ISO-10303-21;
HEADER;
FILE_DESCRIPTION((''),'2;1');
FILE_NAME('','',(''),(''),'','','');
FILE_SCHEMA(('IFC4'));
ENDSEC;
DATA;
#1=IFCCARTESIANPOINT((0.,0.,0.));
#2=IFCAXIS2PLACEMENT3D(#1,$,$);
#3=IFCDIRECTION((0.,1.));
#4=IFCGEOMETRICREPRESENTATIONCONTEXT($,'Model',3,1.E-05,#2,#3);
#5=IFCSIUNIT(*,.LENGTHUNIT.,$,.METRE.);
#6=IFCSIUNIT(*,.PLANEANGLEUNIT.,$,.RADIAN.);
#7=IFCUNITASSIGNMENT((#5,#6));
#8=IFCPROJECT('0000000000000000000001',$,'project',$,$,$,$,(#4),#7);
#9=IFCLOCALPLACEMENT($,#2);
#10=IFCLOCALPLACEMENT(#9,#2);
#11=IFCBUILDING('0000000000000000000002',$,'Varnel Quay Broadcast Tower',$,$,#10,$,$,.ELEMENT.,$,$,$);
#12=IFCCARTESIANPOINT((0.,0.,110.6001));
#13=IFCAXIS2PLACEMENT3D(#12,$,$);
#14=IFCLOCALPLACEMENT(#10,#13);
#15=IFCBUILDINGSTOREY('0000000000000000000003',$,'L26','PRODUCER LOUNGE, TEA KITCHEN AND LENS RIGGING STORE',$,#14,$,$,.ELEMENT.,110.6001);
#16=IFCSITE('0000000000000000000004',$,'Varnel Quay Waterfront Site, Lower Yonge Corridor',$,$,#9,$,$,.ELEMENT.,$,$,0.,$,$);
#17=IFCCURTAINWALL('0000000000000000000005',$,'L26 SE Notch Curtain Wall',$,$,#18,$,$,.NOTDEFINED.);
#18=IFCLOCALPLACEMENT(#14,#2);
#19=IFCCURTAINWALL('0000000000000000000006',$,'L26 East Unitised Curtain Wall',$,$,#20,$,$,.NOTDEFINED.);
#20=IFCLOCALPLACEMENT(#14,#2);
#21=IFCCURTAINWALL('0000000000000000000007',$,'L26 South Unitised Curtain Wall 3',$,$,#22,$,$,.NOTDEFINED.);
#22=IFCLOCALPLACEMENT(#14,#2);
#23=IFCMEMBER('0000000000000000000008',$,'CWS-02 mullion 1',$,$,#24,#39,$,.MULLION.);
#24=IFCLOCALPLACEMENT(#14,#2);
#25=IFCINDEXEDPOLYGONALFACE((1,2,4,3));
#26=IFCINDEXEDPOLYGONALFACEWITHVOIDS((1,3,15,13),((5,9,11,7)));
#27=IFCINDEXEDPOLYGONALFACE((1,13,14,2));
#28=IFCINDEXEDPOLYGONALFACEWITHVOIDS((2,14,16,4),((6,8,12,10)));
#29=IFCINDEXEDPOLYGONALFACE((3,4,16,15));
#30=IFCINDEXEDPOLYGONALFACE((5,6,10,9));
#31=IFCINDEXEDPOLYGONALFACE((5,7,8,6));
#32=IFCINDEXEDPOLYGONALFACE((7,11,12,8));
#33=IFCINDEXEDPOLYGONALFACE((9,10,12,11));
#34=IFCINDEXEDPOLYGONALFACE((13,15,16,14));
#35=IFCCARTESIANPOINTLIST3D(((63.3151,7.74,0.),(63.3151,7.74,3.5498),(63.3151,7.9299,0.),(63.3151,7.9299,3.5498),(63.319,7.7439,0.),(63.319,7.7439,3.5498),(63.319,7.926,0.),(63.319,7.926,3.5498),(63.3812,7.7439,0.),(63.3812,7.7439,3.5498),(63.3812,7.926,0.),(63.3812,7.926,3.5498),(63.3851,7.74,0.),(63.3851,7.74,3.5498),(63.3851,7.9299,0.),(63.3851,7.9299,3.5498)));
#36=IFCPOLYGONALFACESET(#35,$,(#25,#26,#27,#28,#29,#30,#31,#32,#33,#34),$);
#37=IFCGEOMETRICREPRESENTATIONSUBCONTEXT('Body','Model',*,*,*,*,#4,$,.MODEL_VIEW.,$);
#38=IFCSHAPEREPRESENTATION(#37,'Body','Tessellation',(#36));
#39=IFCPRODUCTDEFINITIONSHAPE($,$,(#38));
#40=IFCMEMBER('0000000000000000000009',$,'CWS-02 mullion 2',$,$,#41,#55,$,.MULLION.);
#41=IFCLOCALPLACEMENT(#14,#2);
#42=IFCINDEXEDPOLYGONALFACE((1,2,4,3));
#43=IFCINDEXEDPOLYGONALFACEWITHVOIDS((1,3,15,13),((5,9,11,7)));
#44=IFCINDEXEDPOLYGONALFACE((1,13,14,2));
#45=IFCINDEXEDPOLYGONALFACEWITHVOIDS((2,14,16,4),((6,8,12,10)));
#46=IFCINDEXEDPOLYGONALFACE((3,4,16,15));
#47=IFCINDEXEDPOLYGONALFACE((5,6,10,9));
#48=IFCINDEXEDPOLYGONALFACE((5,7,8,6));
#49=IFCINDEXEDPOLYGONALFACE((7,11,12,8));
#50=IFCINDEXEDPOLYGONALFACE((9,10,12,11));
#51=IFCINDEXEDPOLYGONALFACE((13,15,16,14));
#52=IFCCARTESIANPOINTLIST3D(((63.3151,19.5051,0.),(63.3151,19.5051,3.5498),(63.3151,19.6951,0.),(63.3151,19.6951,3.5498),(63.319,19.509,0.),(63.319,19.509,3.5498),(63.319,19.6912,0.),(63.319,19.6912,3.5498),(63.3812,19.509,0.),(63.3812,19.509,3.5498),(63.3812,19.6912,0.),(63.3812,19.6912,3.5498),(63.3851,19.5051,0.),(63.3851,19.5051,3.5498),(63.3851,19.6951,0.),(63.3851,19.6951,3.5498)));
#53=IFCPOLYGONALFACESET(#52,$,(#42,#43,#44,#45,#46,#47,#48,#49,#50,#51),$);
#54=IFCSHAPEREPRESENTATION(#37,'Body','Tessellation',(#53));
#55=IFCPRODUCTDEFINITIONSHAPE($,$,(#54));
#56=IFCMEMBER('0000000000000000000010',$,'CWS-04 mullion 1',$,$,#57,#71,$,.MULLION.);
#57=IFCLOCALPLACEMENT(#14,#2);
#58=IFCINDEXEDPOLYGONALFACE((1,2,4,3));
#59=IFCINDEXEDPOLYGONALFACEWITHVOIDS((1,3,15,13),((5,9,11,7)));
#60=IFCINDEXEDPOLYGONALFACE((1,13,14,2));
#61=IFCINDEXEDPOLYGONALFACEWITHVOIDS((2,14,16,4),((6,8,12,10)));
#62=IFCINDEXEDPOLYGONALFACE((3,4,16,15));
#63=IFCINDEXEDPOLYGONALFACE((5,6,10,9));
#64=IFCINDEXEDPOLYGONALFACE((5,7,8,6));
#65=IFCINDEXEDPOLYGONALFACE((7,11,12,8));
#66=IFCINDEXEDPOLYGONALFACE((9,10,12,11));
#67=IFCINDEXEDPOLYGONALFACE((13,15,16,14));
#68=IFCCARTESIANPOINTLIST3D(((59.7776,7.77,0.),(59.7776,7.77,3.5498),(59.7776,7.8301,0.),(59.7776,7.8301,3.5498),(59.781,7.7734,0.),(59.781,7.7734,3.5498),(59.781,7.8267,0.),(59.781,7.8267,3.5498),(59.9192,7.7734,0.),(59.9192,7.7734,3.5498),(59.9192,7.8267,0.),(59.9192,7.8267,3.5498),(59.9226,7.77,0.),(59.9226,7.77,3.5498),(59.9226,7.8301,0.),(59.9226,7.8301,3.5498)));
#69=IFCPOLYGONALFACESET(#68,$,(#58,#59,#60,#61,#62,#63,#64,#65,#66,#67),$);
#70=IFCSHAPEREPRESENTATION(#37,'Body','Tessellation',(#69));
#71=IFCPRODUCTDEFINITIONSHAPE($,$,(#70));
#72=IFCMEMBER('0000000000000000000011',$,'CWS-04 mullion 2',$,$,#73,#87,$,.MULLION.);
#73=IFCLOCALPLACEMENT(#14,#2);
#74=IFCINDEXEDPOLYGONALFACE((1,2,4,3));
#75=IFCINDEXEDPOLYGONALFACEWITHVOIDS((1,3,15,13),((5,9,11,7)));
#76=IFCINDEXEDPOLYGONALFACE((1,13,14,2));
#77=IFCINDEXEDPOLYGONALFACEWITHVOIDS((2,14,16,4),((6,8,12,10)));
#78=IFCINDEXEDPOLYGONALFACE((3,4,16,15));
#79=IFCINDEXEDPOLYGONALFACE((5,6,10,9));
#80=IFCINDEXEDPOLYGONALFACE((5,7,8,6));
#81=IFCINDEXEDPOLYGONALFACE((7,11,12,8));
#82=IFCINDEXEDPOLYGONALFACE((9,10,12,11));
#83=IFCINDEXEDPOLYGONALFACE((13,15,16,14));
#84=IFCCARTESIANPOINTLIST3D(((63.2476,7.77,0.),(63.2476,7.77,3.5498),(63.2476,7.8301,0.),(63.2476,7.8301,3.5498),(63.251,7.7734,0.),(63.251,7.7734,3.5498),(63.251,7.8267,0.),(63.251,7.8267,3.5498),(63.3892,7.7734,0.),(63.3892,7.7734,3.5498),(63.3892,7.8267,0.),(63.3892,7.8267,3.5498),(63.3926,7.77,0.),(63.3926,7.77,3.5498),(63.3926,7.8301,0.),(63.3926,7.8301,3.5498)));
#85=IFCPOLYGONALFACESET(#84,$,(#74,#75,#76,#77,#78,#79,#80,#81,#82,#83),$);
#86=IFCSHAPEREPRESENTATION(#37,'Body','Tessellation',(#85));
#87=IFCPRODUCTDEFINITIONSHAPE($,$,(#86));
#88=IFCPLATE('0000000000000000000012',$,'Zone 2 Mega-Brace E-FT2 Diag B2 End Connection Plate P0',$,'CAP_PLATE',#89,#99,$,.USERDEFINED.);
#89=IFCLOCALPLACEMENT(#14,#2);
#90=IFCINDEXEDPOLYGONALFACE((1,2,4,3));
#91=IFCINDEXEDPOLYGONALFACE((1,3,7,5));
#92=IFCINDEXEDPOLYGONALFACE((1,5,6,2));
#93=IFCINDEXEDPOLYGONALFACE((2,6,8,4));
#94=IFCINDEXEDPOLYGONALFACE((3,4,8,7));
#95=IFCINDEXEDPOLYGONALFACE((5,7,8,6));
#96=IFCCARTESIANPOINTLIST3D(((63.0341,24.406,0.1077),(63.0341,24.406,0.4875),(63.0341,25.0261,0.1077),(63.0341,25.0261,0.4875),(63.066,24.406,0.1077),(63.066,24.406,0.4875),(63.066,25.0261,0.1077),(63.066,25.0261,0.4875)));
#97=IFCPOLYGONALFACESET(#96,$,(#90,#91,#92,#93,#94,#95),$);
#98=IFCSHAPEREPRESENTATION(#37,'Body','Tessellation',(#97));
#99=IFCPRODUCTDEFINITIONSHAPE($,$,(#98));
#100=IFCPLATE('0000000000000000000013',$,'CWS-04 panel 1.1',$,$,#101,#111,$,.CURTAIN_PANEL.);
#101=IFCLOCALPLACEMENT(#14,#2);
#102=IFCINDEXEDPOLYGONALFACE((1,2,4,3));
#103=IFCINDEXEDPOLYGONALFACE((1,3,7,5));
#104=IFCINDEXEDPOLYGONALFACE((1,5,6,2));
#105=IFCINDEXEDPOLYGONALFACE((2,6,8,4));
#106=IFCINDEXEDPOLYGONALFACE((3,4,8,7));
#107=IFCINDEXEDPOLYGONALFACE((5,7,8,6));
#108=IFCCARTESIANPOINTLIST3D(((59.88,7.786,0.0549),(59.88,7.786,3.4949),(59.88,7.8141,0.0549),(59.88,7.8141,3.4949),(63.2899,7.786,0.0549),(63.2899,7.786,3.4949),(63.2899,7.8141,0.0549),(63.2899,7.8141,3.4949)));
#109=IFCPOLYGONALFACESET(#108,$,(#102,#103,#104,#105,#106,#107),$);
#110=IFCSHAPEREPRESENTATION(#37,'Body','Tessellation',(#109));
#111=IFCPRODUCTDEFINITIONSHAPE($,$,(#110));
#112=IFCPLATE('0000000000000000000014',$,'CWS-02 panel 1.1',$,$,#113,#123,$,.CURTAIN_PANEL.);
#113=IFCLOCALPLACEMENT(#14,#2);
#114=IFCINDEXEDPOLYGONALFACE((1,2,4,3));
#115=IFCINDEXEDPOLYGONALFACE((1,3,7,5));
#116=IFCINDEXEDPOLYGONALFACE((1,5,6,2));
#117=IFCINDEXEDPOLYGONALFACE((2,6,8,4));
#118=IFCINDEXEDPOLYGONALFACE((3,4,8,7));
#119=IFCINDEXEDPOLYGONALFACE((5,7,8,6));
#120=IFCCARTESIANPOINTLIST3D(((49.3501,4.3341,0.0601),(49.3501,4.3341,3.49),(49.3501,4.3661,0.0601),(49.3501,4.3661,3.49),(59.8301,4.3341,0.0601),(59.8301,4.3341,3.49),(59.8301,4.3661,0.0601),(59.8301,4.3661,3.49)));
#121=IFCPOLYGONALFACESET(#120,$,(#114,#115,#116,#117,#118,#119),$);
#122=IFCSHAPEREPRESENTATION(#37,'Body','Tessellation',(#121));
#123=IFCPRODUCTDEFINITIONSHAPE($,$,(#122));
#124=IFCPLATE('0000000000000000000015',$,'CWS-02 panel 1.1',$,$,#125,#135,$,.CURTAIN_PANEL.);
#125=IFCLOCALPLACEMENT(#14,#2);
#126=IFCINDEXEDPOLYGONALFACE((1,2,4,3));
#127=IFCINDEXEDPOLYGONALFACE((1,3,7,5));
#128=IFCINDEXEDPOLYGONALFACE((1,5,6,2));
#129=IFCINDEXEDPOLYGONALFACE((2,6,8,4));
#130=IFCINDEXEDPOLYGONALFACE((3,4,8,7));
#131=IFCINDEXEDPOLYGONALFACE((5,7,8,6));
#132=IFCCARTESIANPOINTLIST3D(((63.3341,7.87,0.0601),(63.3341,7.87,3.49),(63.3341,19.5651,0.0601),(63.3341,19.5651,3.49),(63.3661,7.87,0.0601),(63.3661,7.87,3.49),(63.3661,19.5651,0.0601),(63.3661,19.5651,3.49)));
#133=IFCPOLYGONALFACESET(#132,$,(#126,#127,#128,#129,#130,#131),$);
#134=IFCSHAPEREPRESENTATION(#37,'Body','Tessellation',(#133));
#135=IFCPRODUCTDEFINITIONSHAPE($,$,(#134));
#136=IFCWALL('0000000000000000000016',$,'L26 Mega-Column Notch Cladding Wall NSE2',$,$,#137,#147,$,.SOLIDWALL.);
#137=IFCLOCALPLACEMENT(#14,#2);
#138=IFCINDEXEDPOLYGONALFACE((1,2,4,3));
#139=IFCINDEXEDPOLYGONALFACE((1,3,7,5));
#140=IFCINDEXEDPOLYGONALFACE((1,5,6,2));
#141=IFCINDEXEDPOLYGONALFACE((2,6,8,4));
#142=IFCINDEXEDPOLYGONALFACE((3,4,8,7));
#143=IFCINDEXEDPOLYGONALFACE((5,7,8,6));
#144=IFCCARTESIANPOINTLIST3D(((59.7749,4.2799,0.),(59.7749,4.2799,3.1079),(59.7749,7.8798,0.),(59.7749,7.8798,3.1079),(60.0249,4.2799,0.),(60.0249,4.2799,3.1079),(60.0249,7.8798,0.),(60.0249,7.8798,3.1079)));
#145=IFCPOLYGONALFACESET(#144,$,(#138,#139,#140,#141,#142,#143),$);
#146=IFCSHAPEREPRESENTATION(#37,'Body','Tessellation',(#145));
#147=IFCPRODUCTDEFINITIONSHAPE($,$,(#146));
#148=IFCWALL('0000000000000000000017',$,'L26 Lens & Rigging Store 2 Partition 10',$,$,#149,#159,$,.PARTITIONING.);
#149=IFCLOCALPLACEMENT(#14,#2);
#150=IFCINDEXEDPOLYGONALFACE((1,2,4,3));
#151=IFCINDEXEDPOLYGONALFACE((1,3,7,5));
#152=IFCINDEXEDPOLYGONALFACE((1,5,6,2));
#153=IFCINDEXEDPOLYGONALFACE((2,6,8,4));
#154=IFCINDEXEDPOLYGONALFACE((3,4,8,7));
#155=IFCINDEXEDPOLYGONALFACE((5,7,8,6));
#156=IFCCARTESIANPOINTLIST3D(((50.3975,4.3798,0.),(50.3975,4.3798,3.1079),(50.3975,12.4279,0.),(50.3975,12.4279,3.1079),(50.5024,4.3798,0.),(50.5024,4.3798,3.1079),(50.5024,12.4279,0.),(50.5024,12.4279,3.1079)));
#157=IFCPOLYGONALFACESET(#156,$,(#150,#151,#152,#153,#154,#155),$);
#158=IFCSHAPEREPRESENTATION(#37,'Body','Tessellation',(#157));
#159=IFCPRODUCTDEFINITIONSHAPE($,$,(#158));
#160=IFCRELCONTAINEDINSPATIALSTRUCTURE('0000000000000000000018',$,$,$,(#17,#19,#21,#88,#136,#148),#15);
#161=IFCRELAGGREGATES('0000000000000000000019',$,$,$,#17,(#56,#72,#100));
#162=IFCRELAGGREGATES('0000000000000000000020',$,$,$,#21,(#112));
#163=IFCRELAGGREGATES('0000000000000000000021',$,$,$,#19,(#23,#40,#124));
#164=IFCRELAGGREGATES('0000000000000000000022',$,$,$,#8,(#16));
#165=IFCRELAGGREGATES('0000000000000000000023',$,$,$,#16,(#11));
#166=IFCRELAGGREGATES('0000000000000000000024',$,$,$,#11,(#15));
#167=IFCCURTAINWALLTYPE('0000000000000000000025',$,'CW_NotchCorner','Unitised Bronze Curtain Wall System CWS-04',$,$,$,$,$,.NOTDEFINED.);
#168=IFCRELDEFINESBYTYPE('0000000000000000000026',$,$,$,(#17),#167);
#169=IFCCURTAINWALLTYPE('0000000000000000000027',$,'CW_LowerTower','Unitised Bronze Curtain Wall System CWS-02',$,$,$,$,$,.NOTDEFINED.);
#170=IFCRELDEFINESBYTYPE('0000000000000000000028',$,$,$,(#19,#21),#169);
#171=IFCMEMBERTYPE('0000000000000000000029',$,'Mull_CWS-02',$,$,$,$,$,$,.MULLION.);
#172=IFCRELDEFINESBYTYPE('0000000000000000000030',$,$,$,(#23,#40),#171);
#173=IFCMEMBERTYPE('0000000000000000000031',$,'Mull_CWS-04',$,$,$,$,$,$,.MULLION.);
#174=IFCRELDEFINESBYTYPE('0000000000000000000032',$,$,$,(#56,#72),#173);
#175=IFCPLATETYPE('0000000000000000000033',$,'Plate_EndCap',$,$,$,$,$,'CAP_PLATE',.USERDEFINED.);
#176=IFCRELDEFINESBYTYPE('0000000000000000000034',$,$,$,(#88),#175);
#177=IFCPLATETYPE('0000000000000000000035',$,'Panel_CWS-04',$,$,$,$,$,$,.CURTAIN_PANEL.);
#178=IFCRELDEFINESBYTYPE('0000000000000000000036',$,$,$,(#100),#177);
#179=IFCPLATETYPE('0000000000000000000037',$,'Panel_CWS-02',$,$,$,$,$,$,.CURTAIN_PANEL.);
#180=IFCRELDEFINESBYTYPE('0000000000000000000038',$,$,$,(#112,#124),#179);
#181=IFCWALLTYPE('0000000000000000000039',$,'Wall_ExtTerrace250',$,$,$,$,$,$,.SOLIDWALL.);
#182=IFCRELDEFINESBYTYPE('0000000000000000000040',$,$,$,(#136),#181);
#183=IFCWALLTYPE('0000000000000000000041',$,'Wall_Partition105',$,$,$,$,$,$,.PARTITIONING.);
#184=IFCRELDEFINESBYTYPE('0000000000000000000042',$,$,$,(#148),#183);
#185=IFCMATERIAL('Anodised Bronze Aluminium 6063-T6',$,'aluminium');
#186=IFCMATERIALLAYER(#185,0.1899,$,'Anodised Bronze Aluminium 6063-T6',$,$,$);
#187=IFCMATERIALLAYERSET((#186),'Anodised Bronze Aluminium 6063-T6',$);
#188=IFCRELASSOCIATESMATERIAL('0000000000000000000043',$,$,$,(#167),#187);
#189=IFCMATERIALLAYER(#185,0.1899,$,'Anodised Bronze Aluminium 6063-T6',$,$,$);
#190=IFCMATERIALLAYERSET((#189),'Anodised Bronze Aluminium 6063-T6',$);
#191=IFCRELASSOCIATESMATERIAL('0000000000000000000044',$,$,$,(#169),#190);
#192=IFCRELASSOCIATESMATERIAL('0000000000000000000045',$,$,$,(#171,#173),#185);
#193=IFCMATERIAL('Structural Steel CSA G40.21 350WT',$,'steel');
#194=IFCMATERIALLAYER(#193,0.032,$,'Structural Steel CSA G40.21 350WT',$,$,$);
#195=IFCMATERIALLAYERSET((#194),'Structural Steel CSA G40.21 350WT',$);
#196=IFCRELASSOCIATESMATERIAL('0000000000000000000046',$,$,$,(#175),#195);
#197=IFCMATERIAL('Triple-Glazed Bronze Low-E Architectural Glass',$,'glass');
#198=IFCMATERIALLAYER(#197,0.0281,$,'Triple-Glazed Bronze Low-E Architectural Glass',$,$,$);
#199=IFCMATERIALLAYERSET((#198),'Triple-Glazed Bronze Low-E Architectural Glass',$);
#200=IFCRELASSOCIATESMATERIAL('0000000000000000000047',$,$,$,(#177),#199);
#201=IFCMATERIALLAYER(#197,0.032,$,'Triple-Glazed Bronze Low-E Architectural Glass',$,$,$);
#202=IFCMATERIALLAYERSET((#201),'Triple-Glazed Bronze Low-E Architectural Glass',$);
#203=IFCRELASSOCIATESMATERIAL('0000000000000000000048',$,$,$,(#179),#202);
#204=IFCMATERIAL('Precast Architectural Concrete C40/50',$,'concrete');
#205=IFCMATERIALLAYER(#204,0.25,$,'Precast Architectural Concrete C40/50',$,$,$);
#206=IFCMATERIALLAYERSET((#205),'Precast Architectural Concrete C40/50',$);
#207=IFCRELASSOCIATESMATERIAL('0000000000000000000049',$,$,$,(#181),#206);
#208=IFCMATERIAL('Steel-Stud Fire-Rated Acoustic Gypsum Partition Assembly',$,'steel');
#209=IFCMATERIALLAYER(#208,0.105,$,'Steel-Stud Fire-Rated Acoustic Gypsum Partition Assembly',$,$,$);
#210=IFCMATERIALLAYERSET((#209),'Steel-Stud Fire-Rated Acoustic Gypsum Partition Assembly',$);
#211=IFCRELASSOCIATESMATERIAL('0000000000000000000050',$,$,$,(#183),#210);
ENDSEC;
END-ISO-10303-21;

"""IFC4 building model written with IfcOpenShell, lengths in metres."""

from ifc_helpers import new_model, si_unit, direction, frame, frame_2d, origin, origin_2d, place, context, subcontext, project, spatial, rectangle, hollow_rectangle, extrude, source, transform, mapped, material, layer, layer_set, material_profile, profile_set, type_object, type_shapes, element, aggregate, save


model = new_model("IFC4")

# Units and contexts
model_context = context("Model", 3, precision=1e-05, world=origin(), true_north=direction((0.0, 1.0)))
body_context = subcontext(model_context, "Body", "Model", "MODEL_VIEW")
ifc_project = project(units=[si_unit("LENGTHUNIT", "METRE"), si_unit("PLANEANGLEUNIT", "RADIAN")], contexts=[model_context])

# Site, building, storey
site_placement = place(None, origin())
site = spatial("IfcSite", under=ifc_project, at=site_placement, Name="Varnel Quay Waterfront Site, Lower Yonge Corridor", CompositionType="ELEMENT", RefElevation=0.0)
building_placement = place(site_placement, origin())
building = spatial("IfcBuilding", under=site, at=building_placement, Name="Varnel Quay Broadcast Tower", CompositionType="ELEMENT")
storey_placement = place(building_placement, frame((0.0, 0.0, 110.6001)))
storey = spatial("IfcBuildingStorey", under=building, at=storey_placement, Name="L26", Description="PRODUCER LOUNGE, TEA KITCHEN AND LENS RIGGING STORE", CompositionType="ELEMENT", Elevation=110.6001)

# Shared definitions
ifc_material_1 = material(Name="Structural Steel CSA G40.21 350WT", Category="steel")

# Curtain walls
ifc_material_2 = material(Name="Anodised Bronze Aluminium 6063-T6", Category="aluminium")
ifc_layer_1 = layer(ifc_material_2, 0.1899, Name="Anodised Bronze Aluminium 6063-T6")
ifc_layer_set_1 = layer_set([ifc_layer_1], Name="Anodised Bronze Aluminium 6063-T6")
curtain_wall_type_1 = type_object("IfcCurtainWallType", Name="CW_NotchCorner", Description="Unitised Bronze Curtain Wall System CWS-04", PredefinedType="NOTDEFINED", material=ifc_layer_set_1)
curtain_wall_1_placement = place(storey_placement, origin())
curtain_wall_1 = element("IfcCurtainWall", 1, at=curtain_wall_1_placement, inside=storey, type_object=curtain_wall_type_1, Name="L26 SE Notch Curtain Wall", PredefinedType="NOTDEFINED")
ifc_layer_2 = layer(ifc_material_2, 0.1899, Name="Anodised Bronze Aluminium 6063-T6")
ifc_layer_set_2 = layer_set([ifc_layer_2], Name="Anodised Bronze Aluminium 6063-T6")
curtain_wall_type_2 = type_object("IfcCurtainWallType", Name="CW_LowerTower", Description="Unitised Bronze Curtain Wall System CWS-02", PredefinedType="NOTDEFINED", material=ifc_layer_set_2)
curtain_wall_2_placement = place(storey_placement, origin())
curtain_wall_2 = element("IfcCurtainWall", 2, at=curtain_wall_2_placement, inside=storey, type_object=curtain_wall_type_2, Name="L26 East Unitised Curtain Wall", PredefinedType="NOTDEFINED")
curtain_wall_3_placement = place(storey_placement, origin())
curtain_wall_3 = element("IfcCurtainWall", 3, at=curtain_wall_3_placement, inside=storey, type_object=curtain_wall_type_2, Name="L26 South Unitised Curtain Wall 3", PredefinedType="NOTDEFINED")
ifc_material_profile_1 = material_profile(ifc_material_2, hollow_rectangle(XDim=0.0701, YDim=0.1899, WallThickness=0.0039, at=origin_2d()), Name="ALU70X190X4")
ifc_profile_set_1 = profile_set([ifc_material_profile_1], Name="Anodised Bronze Aluminium 6063-T6")
member_type_1 = type_object("IfcMemberType", Name="Mull_CWS-02", PredefinedType="MULLION", material=ifc_profile_set_1)
shared_shape_1 = source(origin(), body_context, "Body", "SweptSolid", [
    extrude(hollow_rectangle(XDim=0.0701, YDim=0.1899, WallThickness=0.0039, at=origin_2d()), origin(), (0.0, 0.0, 1.0), 3.5498),
])
type_shapes(member_type_1, [shared_shape_1])

# Members
member_1_placement = place(storey_placement, frame((63.3501, 7.835, 0.0), z_axis=(0.0, 0.0, 1.0), x_axis=(-1.0, 0.0, 0.0)))
member_1 = element("IfcMember", 4, at=member_1_placement, type_object=member_type_1, Name="CWS-02 mullion 1", PredefinedType="MULLION", context=body_context, shape_type="MappedRepresentation", body=[
    mapped(shared_shape_1, transform((0.0, 0.0, 0.0), x_axis=(1.0, 0.0, 0.0), y_axis=(0.0, 1.0, 0.0), z_axis=(0.0, 0.0, 1.0), scale=1.0)),
])
member_2_placement = place(storey_placement, frame((63.3501, 19.6001, 0.0), z_axis=(0.0, 0.0, 1.0), x_axis=(-1.0, 0.0, 0.0)))
member_2 = element("IfcMember", 5, at=member_2_placement, type_object=member_type_1, Name="CWS-02 mullion 2", PredefinedType="MULLION", context=body_context, shape_type="MappedRepresentation", body=[
    mapped(shared_shape_1, transform((0.0, 0.0, 0.0), x_axis=(1.0, 0.0, 0.0), y_axis=(0.0, 1.0, 0.0), z_axis=(0.0, 0.0, 1.0), scale=1.0)),
])
ifc_material_profile_2 = material_profile(ifc_material_2, hollow_rectangle(XDim=0.0601, YDim=0.145, WallThickness=0.0034, at=origin_2d()), Name="ALU60X145X3.5")
ifc_profile_set_2 = profile_set([ifc_material_profile_2], Name="Anodised Bronze Aluminium 6063-T6")
member_type_2 = type_object("IfcMemberType", Name="Mull_CWS-04", PredefinedType="MULLION", material=ifc_profile_set_2)
shared_shape_2 = source(origin(), body_context, "Body", "SweptSolid", [
    extrude(hollow_rectangle(XDim=0.0601, YDim=0.145, WallThickness=0.0034, at=origin_2d()), origin(), (0.0, 0.0, 1.0), 3.5498),
])
type_shapes(member_type_2, [shared_shape_2])
member_3_placement = place(storey_placement, frame((59.8501, 7.8, 0.0), z_axis=(0.0, 0.0, 1.0), x_axis=(0.0, 1.0, 0.0)))
member_3 = element("IfcMember", 6, at=member_3_placement, type_object=member_type_2, Name="CWS-04 mullion 1", PredefinedType="MULLION", context=body_context, shape_type="MappedRepresentation", body=[
    mapped(shared_shape_2, transform((0.0, 0.0, 0.0), x_axis=(1.0, 0.0, 0.0), y_axis=(0.0, 1.0, 0.0), z_axis=(0.0, 0.0, 1.0), scale=1.0)),
])
member_4_placement = place(storey_placement, frame((63.3201, 7.8, 0.0), z_axis=(0.0, 0.0, 1.0), x_axis=(0.0, 1.0, 0.0)))
member_4 = element("IfcMember", 7, at=member_4_placement, type_object=member_type_2, Name="CWS-04 mullion 2", PredefinedType="MULLION", context=body_context, shape_type="MappedRepresentation", body=[
    mapped(shared_shape_2, transform((0.0, 0.0, 0.0), x_axis=(1.0, 0.0, 0.0), y_axis=(0.0, 1.0, 0.0), z_axis=(0.0, 0.0, 1.0), scale=1.0)),
])

# Plates
ifc_layer_3 = layer(ifc_material_1, 0.032, Name="Structural Steel CSA G40.21 350WT")
ifc_layer_set_3 = layer_set([ifc_layer_3], Name="Structural Steel CSA G40.21 350WT")
plate_type_1 = type_object("IfcPlateType", Name="Plate_EndCap", ElementType="CAP_PLATE", PredefinedType="USERDEFINED", material=ifc_layer_set_3)
shared_shape_3 = source(origin(), body_context, "Body", "SweptSolid", [
    extrude(rectangle(XDim=0.6201, YDim=0.032, at=origin_2d()), origin(), (0.0, 0.0, 1.0), 0.3799),
])
type_shapes(plate_type_1, [shared_shape_3])
plate_1_placement = place(storey_placement, frame((63.05, 24.7161, 0.1077), z_axis=(0.0, 0.0, 1.0), x_axis=(0.0, 1.0, 0.0)))
element("IfcPlate", 8, at=plate_1_placement, inside=storey, type_object=plate_type_1, Name="Zone 2 Mega-Brace E-FT2 Diag B2 End Connection Plate P0", ObjectType="CAP_PLATE", PredefinedType="USERDEFINED", context=body_context, shape_type="MappedRepresentation", body=[
    mapped(shared_shape_3, transform((0.0, 0.0, 0.0), x_axis=(1.0, 0.0, 0.0), y_axis=(0.0, 1.0, 0.0), z_axis=(0.0, 0.0, 1.0), scale=1.0)),
])
ifc_material_3 = material(Name="Triple-Glazed Bronze Low-E Architectural Glass", Category="glass")
ifc_layer_4 = layer(ifc_material_3, 0.0281, Name="Triple-Glazed Bronze Low-E Architectural Glass")
ifc_layer_set_4 = layer_set([ifc_layer_4], Name="Triple-Glazed Bronze Low-E Architectural Glass")
plate_type_2 = type_object("IfcPlateType", Name="Panel_CWS-04", PredefinedType="CURTAIN_PANEL", material=ifc_layer_set_4)
shared_shape_4 = source(origin(), body_context, "Body", "SweptSolid", [
    extrude(rectangle(XDim=3.4099, YDim=0.0281, at=origin_2d()), origin(), (0.0, 0.0, 1.0), 3.4399),
])
type_shapes(plate_type_2, [shared_shape_4])
plate_2_placement = place(storey_placement, frame((61.585, 7.8, 0.0549), z_axis=(0.0, 0.0, 1.0), x_axis=(1.0, 0.0, 0.0)))
plate_2 = element("IfcPlate", 9, at=plate_2_placement, type_object=plate_type_2, Name="CWS-04 panel 1.1", PredefinedType="CURTAIN_PANEL", context=body_context, shape_type="MappedRepresentation", body=[
    mapped(shared_shape_4, transform((0.0, 0.0, 0.0), x_axis=(1.0, 0.0, 0.0), y_axis=(0.0, 1.0, 0.0), z_axis=(0.0, 0.0, 1.0), scale=1.0)),
])
aggregate(curtain_wall_1, [member_3, member_4, plate_2])
ifc_layer_5 = layer(ifc_material_3, 0.032, Name="Triple-Glazed Bronze Low-E Architectural Glass")
ifc_layer_set_5 = layer_set([ifc_layer_5], Name="Triple-Glazed Bronze Low-E Architectural Glass")
plate_type_3 = type_object("IfcPlateType", Name="Panel_CWS-02", PredefinedType="CURTAIN_PANEL", material=ifc_layer_set_5)
shared_shape_5 = source(origin(), body_context, "Body", "SweptSolid", [
    extrude(rectangle(XDim=10.48, YDim=0.032, at=origin_2d()), origin(), (0.0, 0.0, 1.0), 3.4299),
])
plate_3_placement = place(storey_placement, frame((54.5901, 4.3501, 0.0601), z_axis=(0.0, 0.0, 1.0), x_axis=(1.0, 0.0, 0.0)))
plate_3 = element("IfcPlate", 10, at=plate_3_placement, type_object=plate_type_3, Name="CWS-02 panel 1.1", PredefinedType="CURTAIN_PANEL", context=body_context, shape_type="MappedRepresentation", body=[
    mapped(shared_shape_5, transform((0.0, 0.0, 0.0), x_axis=(1.0, 0.0, 0.0), y_axis=(0.0, 1.0, 0.0), z_axis=(0.0, 0.0, 1.0), scale=1.0)),
])
aggregate(curtain_wall_3, [plate_3])
shared_shape_6 = source(origin(), body_context, "Body", "SweptSolid", [
    extrude(rectangle(XDim=11.6951, YDim=0.032, at=origin_2d()), origin(), (0.0, 0.0, 1.0), 3.4299),
])
type_shapes(plate_type_3, [shared_shape_5, shared_shape_6])
plate_4_placement = place(storey_placement, frame((63.3501, 13.7175, 0.0601), z_axis=(0.0, 0.0, 1.0), x_axis=(0.0, 1.0, 0.0)))
plate_4 = element("IfcPlate", 11, at=plate_4_placement, type_object=plate_type_3, Name="CWS-02 panel 1.1", PredefinedType="CURTAIN_PANEL", context=body_context, shape_type="MappedRepresentation", body=[
    mapped(shared_shape_6, transform((0.0, 0.0, 0.0), x_axis=(1.0, 0.0, 0.0), y_axis=(0.0, 1.0, 0.0), z_axis=(0.0, 0.0, 1.0), scale=1.0)),
])
aggregate(curtain_wall_2, [member_1, member_2, plate_4])

# Walls
ifc_material_4 = material(Name="Precast Architectural Concrete C40/50", Category="concrete")
ifc_layer_6 = layer(ifc_material_4, 0.25, Name="Precast Architectural Concrete C40/50")
ifc_layer_set_6 = layer_set([ifc_layer_6], Name="Precast Architectural Concrete C40/50")
wall_type_1 = type_object("IfcWallType", Name="Wall_ExtTerrace250", PredefinedType="SOLIDWALL", material=ifc_layer_set_6)
wall_1_placement = place(storey_placement, frame((59.8999, 4.28, 0.0), z_axis=(0.0, 0.0, 1.0), x_axis=(0.0, 1.0, 0.0)))
element("IfcWall", 12, at=wall_1_placement, inside=storey, type_object=wall_type_1, Name="L26 Mega-Column Notch Cladding Wall NSE2", PredefinedType="SOLIDWALL", context=body_context, shape_type="SweptSolid", body=[
    extrude(rectangle(XDim=3.5999, YDim=0.25, at=frame_2d((1.7998, 0.0))), origin(), (0.0, 0.0, 1.0), 3.1079),
])
ifc_material_5 = material(Name="Steel-Stud Fire-Rated Acoustic Gypsum Partition Assembly", Category="steel")
ifc_layer_7 = layer(ifc_material_5, 0.105, Name="Steel-Stud Fire-Rated Acoustic Gypsum Partition Assembly")
ifc_layer_set_7 = layer_set([ifc_layer_7], Name="Steel-Stud Fire-Rated Acoustic Gypsum Partition Assembly")
wall_type_2 = type_object("IfcWallType", Name="Wall_Partition105", PredefinedType="PARTITIONING", material=ifc_layer_set_7)
wall_2_placement = place(storey_placement, frame((50.45, 4.3799, 0.0), z_axis=(0.0, 0.0, 1.0), x_axis=(0.0, 1.0, 0.0)))
element("IfcWall", 13, at=wall_2_placement, inside=storey, type_object=wall_type_2, Name="L26 Lens & Rigging Store 2 Partition 10", PredefinedType="PARTITIONING", context=body_context, shape_type="SweptSolid", body=[
    extrude(rectangle(XDim=8.0481, YDim=0.105, at=frame_2d((4.0239, 0.0))), origin(), (0.0, 0.0, 1.0), 3.1079),
])

save(model, "model.ifc")
